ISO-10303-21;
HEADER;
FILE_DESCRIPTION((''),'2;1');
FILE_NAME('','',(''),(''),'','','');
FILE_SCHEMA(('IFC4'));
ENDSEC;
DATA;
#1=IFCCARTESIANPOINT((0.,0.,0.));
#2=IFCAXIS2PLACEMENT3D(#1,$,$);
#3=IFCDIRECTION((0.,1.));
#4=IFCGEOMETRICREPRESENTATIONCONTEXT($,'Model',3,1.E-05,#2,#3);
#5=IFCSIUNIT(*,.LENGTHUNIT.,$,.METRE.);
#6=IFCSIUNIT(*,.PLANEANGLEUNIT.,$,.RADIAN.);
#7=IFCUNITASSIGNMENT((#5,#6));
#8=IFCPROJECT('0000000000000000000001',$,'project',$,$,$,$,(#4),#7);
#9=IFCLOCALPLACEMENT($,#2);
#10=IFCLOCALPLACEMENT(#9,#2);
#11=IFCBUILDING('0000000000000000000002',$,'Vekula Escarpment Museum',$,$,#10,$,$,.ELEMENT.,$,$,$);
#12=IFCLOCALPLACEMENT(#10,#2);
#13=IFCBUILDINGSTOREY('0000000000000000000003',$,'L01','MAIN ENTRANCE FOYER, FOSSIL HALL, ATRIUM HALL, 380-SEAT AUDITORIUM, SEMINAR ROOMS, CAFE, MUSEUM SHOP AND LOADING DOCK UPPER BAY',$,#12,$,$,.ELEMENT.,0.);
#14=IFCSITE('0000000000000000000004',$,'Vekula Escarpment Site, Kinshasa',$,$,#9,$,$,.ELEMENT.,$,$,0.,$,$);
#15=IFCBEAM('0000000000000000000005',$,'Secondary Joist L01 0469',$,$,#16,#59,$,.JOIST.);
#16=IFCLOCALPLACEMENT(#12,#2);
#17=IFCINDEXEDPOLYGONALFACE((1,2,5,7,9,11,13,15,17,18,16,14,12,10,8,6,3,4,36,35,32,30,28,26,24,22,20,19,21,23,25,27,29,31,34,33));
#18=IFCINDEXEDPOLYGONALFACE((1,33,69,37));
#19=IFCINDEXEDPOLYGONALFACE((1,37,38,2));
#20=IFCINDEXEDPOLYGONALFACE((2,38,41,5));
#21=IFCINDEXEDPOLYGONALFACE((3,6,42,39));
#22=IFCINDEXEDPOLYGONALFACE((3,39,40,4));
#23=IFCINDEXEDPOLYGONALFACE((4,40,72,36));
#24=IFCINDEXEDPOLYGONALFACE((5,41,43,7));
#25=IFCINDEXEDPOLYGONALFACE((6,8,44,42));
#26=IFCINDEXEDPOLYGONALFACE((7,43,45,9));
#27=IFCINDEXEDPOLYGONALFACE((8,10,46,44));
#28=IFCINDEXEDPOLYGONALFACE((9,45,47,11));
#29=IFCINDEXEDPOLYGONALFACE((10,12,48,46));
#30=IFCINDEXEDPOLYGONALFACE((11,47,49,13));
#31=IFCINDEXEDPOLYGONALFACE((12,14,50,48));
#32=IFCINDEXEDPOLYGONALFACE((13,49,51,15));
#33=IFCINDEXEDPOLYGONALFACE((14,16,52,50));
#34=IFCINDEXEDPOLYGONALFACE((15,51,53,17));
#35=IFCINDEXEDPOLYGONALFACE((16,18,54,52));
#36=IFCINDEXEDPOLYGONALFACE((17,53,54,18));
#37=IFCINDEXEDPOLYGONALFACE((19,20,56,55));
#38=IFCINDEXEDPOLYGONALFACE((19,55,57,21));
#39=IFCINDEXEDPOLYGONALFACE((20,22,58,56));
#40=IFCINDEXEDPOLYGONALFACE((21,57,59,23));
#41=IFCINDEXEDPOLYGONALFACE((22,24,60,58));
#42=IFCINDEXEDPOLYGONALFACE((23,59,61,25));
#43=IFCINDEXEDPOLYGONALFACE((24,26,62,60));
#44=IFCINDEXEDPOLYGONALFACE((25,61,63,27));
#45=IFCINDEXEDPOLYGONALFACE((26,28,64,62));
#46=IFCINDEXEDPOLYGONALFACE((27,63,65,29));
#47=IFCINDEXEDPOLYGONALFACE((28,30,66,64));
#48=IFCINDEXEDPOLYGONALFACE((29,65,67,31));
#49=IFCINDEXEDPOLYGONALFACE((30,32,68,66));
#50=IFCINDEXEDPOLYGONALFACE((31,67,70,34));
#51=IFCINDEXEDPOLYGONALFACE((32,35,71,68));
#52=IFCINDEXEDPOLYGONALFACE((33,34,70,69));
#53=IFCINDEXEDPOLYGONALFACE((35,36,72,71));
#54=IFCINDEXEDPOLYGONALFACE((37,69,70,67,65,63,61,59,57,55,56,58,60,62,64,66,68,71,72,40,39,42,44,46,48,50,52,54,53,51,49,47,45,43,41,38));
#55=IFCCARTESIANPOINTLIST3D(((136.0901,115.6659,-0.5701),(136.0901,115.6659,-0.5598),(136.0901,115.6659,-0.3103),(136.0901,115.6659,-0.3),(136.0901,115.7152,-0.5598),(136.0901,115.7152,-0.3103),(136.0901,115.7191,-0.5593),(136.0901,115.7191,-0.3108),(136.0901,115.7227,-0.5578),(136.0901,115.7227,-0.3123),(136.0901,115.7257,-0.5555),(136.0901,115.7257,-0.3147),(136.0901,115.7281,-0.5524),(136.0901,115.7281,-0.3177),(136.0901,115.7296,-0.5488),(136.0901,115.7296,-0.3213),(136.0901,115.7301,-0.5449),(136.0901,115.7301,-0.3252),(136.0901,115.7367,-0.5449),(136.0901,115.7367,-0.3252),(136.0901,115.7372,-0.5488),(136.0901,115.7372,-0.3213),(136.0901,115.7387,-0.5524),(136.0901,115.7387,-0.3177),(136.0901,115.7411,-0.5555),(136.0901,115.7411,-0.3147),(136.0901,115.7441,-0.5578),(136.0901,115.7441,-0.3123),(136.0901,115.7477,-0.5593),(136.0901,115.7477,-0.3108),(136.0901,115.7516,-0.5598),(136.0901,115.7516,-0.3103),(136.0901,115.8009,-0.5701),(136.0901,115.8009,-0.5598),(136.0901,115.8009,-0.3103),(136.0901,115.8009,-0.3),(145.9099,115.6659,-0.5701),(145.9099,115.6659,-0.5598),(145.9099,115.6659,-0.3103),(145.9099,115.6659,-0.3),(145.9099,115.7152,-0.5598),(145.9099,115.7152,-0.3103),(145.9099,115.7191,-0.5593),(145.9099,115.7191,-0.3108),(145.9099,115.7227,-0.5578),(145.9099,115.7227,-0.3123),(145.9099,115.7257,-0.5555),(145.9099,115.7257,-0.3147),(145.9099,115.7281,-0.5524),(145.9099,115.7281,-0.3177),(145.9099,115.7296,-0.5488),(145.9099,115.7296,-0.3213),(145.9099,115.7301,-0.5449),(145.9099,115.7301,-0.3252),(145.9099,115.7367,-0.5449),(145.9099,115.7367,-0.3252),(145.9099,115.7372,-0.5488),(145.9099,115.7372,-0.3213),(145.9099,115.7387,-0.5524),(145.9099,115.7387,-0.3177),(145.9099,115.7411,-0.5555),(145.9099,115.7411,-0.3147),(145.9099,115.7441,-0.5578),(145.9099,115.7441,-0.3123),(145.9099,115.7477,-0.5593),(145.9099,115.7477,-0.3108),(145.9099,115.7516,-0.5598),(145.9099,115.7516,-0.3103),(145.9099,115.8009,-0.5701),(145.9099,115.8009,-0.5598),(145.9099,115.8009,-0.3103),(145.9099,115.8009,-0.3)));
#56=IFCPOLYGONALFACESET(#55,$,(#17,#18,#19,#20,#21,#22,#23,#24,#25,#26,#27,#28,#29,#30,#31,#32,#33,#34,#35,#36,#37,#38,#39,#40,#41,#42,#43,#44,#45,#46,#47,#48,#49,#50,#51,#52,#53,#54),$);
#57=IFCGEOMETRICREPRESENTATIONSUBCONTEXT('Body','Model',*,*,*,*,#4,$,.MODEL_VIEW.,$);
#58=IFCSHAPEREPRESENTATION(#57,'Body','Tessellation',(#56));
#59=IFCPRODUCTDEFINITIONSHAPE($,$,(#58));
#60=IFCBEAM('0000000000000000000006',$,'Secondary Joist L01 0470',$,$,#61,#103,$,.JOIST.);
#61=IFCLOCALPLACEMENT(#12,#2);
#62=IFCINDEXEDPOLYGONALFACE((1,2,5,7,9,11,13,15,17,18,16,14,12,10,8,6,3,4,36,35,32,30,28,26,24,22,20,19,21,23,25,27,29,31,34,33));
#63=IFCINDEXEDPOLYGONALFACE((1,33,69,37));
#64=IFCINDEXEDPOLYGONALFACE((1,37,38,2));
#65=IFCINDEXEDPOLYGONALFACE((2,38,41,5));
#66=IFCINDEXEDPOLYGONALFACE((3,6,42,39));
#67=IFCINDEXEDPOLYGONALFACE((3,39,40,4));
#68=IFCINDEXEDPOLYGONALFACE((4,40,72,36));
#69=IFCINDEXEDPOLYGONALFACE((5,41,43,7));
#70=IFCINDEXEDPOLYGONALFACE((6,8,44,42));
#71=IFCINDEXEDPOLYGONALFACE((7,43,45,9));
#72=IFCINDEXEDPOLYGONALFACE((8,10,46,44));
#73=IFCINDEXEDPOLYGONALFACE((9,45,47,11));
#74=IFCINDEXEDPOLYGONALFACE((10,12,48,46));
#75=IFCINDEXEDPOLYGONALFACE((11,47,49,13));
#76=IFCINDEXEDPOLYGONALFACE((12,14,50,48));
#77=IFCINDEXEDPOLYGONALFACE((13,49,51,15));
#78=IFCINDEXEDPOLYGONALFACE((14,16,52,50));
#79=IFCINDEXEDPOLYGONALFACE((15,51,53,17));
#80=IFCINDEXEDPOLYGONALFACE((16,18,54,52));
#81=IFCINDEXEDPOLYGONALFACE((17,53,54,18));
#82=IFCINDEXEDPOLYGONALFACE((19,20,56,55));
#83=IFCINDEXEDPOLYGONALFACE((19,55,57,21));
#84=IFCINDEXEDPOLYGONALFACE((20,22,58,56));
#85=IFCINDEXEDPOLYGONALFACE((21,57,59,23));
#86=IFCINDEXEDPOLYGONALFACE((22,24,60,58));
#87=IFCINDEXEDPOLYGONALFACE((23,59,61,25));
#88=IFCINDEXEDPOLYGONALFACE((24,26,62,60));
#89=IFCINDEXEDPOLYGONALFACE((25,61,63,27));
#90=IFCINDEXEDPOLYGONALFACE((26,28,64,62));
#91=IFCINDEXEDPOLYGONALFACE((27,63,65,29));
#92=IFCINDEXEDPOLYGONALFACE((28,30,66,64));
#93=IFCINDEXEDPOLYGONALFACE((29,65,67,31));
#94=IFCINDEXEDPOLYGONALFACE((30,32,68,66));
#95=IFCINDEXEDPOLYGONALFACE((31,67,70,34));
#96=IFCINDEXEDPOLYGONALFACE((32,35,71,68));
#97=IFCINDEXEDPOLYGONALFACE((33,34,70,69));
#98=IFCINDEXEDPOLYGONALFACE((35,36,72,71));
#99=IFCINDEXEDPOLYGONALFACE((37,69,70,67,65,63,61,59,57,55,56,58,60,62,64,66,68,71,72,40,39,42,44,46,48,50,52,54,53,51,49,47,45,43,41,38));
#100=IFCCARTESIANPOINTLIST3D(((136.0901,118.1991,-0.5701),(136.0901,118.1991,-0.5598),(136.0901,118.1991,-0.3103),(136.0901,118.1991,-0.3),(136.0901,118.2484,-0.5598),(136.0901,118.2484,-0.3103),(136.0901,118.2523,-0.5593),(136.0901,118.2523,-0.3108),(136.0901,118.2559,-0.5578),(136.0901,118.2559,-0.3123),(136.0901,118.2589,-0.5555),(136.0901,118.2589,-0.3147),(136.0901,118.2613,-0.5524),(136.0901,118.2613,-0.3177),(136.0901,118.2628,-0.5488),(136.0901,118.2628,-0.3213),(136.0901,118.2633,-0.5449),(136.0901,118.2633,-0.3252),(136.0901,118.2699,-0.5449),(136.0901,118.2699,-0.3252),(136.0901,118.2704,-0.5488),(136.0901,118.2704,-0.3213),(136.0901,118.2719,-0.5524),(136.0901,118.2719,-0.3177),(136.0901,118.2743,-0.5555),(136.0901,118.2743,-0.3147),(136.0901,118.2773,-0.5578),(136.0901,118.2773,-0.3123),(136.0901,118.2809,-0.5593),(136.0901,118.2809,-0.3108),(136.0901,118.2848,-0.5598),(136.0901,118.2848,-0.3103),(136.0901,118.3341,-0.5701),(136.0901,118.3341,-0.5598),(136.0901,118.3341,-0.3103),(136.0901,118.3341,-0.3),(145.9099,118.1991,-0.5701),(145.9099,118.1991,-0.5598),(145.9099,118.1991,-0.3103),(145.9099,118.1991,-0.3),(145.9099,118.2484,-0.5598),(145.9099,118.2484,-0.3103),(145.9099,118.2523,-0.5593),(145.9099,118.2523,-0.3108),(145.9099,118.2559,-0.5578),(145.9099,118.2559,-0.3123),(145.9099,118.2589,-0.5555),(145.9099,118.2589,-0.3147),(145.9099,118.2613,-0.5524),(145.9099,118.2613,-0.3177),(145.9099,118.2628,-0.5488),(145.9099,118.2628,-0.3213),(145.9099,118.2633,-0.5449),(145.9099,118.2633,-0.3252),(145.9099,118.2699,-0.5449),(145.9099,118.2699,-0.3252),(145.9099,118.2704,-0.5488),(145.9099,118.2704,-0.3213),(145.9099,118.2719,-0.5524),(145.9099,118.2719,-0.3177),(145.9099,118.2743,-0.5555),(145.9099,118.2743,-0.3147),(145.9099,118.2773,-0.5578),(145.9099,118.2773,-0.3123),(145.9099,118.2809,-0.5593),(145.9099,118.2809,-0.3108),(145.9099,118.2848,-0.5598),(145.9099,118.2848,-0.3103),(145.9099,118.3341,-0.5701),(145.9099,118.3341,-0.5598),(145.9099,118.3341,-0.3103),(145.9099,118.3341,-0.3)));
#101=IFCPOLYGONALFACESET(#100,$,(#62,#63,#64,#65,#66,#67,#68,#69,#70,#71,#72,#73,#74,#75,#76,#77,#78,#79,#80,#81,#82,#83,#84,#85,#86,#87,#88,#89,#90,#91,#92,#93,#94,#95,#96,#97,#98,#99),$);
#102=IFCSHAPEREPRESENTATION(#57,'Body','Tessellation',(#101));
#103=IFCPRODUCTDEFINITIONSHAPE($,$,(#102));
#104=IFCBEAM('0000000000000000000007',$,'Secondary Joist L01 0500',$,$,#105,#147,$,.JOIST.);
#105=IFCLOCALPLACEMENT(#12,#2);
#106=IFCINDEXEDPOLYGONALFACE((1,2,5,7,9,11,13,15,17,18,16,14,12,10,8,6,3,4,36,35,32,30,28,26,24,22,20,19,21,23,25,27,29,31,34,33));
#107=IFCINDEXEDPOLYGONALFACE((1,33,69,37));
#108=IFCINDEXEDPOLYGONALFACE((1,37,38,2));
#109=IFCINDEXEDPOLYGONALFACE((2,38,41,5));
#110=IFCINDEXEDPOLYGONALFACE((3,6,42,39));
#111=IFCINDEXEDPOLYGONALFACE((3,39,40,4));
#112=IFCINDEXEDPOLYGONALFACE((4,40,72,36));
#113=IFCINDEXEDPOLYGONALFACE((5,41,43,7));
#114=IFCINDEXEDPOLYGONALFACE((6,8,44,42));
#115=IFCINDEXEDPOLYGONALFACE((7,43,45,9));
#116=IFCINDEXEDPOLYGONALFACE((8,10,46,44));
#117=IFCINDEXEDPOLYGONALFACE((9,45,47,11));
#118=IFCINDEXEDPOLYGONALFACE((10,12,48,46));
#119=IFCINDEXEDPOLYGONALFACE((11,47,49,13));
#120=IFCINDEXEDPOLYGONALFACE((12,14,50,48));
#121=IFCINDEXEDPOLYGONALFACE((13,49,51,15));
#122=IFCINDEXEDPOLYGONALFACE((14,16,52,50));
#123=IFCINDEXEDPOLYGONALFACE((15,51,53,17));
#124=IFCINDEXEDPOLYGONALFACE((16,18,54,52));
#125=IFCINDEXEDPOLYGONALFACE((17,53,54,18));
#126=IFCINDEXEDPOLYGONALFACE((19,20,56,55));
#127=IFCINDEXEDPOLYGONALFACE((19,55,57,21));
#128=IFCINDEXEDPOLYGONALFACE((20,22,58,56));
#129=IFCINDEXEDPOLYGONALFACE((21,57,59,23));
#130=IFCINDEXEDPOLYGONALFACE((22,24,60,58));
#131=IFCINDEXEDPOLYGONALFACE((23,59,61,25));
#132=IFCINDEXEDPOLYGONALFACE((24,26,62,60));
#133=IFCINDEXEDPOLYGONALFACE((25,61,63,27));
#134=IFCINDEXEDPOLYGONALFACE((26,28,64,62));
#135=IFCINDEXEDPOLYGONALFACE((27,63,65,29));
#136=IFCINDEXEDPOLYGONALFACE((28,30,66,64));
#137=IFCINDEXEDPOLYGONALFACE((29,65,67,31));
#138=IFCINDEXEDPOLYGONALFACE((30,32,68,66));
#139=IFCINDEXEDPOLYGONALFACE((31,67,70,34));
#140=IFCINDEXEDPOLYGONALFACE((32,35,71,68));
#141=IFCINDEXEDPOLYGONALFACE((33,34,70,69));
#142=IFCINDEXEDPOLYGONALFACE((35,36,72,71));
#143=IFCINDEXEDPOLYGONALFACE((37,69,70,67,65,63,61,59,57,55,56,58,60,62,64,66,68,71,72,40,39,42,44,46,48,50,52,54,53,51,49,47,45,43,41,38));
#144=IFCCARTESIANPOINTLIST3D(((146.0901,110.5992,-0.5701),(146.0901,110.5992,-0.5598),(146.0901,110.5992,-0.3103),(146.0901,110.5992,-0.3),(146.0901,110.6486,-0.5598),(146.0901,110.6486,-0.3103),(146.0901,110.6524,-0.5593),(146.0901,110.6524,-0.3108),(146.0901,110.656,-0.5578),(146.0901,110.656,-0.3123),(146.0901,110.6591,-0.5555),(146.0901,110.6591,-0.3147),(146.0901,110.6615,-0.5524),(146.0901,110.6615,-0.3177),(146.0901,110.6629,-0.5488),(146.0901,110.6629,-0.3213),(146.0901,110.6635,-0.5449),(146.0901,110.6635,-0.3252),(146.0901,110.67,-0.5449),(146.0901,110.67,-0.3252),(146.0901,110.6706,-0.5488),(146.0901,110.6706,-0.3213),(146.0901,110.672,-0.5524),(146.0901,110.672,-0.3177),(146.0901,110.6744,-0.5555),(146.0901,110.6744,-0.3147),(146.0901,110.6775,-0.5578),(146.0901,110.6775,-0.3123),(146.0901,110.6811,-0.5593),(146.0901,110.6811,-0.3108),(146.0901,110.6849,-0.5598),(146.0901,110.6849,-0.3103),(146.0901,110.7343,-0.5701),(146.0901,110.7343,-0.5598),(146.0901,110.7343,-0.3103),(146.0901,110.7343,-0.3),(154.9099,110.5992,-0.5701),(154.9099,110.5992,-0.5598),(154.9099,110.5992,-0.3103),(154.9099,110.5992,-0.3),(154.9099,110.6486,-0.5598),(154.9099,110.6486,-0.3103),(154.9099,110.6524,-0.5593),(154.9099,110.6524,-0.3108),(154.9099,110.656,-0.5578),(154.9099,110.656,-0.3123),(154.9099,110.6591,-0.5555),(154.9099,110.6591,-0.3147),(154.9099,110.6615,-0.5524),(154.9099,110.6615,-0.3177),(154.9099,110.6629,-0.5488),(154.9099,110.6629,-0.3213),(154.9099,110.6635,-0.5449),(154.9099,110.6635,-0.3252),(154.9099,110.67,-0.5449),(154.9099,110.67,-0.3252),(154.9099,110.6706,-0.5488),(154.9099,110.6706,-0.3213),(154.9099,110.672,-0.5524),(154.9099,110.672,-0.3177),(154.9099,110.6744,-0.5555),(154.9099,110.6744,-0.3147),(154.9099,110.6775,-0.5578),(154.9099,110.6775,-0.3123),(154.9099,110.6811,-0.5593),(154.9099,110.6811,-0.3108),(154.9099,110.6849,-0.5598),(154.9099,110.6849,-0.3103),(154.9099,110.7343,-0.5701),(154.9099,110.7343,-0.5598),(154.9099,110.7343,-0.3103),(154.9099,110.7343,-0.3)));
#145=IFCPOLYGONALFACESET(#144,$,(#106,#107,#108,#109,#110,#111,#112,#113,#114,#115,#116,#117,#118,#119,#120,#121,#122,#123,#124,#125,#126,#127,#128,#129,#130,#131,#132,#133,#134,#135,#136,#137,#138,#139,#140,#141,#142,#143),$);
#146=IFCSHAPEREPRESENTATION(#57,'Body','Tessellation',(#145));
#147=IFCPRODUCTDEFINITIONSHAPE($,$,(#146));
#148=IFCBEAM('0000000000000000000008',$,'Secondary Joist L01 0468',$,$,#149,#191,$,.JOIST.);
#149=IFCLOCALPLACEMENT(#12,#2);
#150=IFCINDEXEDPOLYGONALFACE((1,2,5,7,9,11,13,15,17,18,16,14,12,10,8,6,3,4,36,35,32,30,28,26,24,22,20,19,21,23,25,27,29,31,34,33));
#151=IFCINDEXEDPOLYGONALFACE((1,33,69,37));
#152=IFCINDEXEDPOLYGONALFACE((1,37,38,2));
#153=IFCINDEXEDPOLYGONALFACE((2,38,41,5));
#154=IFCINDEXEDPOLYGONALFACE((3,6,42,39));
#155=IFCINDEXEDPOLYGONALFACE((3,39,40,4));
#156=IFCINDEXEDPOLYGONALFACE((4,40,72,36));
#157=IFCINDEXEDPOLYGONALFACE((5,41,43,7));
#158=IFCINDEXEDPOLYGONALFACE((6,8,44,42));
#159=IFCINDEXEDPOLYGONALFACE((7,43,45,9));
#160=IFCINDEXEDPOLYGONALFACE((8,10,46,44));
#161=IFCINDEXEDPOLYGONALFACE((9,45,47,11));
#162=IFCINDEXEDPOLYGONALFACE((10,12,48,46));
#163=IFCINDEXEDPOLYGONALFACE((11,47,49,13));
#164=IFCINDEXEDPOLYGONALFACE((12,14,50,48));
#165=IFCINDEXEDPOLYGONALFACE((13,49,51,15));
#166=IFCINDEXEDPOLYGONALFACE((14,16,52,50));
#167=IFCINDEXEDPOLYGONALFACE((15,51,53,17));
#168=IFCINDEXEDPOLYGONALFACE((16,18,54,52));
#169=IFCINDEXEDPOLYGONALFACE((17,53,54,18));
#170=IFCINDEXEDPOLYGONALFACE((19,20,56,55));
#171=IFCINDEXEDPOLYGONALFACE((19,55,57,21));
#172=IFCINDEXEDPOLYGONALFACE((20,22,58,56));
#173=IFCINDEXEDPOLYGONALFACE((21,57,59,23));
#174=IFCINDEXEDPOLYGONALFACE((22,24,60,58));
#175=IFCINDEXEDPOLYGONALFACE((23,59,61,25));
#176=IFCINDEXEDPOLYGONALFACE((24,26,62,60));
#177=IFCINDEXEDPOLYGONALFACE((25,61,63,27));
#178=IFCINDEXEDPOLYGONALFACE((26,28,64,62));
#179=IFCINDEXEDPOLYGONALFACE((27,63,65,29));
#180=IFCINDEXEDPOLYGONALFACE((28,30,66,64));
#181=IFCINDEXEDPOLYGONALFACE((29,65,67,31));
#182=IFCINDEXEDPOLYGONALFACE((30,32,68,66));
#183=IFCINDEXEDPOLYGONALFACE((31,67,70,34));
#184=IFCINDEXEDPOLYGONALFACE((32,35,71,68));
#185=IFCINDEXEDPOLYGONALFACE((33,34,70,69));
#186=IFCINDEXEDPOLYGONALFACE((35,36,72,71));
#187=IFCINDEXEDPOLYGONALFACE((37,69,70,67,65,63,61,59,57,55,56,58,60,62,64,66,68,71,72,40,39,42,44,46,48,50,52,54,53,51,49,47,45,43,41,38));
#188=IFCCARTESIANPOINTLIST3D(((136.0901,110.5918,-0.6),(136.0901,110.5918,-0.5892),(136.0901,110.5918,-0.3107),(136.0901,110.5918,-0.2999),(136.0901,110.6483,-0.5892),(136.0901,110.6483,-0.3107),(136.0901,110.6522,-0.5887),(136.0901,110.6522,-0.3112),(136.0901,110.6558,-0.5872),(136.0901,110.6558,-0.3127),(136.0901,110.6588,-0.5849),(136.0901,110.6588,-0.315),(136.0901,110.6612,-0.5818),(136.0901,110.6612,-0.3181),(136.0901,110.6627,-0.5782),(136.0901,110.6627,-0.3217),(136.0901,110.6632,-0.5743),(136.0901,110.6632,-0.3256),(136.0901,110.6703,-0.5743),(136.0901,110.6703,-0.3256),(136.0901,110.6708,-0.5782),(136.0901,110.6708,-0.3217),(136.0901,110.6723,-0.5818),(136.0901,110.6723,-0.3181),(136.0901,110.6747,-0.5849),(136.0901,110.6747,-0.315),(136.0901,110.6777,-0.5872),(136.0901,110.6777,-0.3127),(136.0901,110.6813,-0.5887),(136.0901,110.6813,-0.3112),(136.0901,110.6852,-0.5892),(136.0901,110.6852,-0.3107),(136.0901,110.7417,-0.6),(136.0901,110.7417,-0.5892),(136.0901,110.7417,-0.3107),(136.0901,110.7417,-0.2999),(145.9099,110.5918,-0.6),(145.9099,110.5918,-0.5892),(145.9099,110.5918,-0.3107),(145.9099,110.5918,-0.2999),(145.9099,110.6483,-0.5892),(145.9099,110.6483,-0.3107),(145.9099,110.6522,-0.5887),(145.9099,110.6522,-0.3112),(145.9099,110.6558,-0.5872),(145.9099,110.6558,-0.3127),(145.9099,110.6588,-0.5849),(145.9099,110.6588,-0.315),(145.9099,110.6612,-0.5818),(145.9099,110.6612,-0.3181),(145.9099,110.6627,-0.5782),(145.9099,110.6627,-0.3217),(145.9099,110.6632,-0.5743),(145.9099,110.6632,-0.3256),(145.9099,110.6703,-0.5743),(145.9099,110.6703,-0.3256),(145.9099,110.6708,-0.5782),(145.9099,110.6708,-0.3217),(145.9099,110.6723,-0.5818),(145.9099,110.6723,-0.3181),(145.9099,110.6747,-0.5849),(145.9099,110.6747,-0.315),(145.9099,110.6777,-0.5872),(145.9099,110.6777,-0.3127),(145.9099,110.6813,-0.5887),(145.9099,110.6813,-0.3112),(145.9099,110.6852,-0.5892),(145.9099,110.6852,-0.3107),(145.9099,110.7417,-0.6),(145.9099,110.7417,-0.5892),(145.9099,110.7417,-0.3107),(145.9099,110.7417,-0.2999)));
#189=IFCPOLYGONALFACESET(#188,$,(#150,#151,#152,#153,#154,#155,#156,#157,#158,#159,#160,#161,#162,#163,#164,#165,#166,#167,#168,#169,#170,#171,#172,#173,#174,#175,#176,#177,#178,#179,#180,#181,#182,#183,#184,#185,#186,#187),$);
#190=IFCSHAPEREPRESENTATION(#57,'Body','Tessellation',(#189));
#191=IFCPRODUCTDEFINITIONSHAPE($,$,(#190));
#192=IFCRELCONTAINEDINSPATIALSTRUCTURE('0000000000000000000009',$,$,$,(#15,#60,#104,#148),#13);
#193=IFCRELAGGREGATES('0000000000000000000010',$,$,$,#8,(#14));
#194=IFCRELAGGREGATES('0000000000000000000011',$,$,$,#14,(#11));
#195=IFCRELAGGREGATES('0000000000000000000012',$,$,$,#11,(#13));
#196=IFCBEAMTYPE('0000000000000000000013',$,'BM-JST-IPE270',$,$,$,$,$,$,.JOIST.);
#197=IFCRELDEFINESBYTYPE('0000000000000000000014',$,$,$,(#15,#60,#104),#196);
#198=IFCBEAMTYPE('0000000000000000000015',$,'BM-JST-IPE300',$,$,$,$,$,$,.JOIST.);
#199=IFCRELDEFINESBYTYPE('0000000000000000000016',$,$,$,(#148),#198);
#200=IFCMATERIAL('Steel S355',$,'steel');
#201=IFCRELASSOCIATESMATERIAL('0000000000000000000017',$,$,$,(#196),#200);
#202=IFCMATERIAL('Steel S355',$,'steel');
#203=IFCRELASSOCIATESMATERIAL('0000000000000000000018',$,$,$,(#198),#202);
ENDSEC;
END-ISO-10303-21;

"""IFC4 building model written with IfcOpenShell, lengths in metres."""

from ifc_helpers import new_model, si_unit, direction, frame, origin, origin_2d, place, context, subcontext, project, spatial, i_section, extrude, material, material_profile, profile_set, type_object, element, save


model = new_model("IFC4")

# Units and contexts
model_context = context("Model", 3, precision=1e-05, world=origin(), true_north=direction((0.0, 1.0)))
body_context = subcontext(model_context, "Body", "Model", "MODEL_VIEW")
ifc_project = project(units=[si_unit("LENGTHUNIT", "METRE"), si_unit("PLANEANGLEUNIT", "RADIAN")], contexts=[model_context])

# Site, building, storey
site_placement = place(None, origin())
site = spatial("IfcSite", under=ifc_project, at=site_placement, Name="Vekula Escarpment Site, Kinshasa", CompositionType="ELEMENT", RefElevation=0.0)
building_placement = place(site_placement, origin())
building = spatial("IfcBuilding", under=site, at=building_placement, Name="Vekula Escarpment Museum", CompositionType="ELEMENT")
storey_placement = place(building_placement, origin())
storey = spatial("IfcBuildingStorey", under=building, at=storey_placement, Name="L01", Description="MAIN ENTRANCE FOYER, FOSSIL HALL, ATRIUM HALL, 380-SEAT AUDITORIUM, SEMINAR ROOMS, CAFE, MUSEUM SHOP AND LOADING DOCK UPPER BAY", CompositionType="ELEMENT", Elevation=0.0)

# Beams
ifc_material_1 = material(Name="Steel S355", Category="steel")
ifc_material_profile_1 = material_profile(ifc_material_1, i_section(OverallWidth=0.135, OverallDepth=0.27, WebThickness=0.0066, FlangeThickness=0.0103, FilletRadius=0.0149, at=origin_2d()), Name="IPE 270")
ifc_profile_set_1 = profile_set([ifc_material_profile_1], Name="Steel S355")
beam_type_1 = type_object("IfcBeamType", Name="BM-JST-IPE270", PredefinedType="JOIST", material=ifc_profile_set_1)
for number, where, z_axis, x_axis, name in (
    (1, (136.0901, 115.7334, -0.4351), (1.0, 0.0, 0.0), (0.0, 1.0, 0.0), "Secondary Joist L01 0469"),
    (2, (136.0901, 118.2666, -0.4351), (1.0, 0.0, 0.0), (0.0, 1.0, 0.0), "Secondary Joist L01 0470"),
):
    element("IfcBeam", number, at=place(storey_placement, frame(where, z_axis=z_axis, x_axis=x_axis)), inside=storey, type_object=beam_type_1, Name=name, PredefinedType="JOIST", context=body_context, shape_type="SweptSolid", body=[
        extrude(i_section(OverallWidth=0.135, OverallDepth=0.27, WebThickness=0.0066, FlangeThickness=0.0103, FilletRadius=0.0149, at=origin_2d()), origin(), (0.0, 0.0, 1.0), 9.8198),
    ])
beam_1_placement = place(storey_placement, frame((146.0901, 110.6667, -0.4351), z_axis=(1.0, 0.0, 0.0), x_axis=(0.0, 1.0, 0.0)))
element("IfcBeam", 3, at=beam_1_placement, inside=storey, type_object=beam_type_1, Name="Secondary Joist L01 0500", PredefinedType="JOIST", context=body_context, shape_type="SweptSolid", body=[
    extrude(i_section(OverallWidth=0.135, OverallDepth=0.27, WebThickness=0.0066, FlangeThickness=0.0103, FilletRadius=0.0149, at=origin_2d()), origin(), (0.0, 0.0, 1.0), 8.8198),
])
ifc_material_2 = material(Name="Steel S355", Category="steel")
ifc_material_profile_2 = material_profile(ifc_material_2, i_section(OverallWidth=0.1499, OverallDepth=0.3, WebThickness=0.0071, FlangeThickness=0.0107, FilletRadius=0.0149, at=origin_2d()), Name="IPE 300")
ifc_profile_set_2 = profile_set([ifc_material_profile_2], Name="Steel S355")
beam_type_2 = type_object("IfcBeamType", Name="BM-JST-IPE300", PredefinedType="JOIST", material=ifc_profile_set_2)
beam_2_placement = place(storey_placement, frame((136.0901, 110.6667, -0.45), z_axis=(1.0, 0.0, 0.0), x_axis=(0.0, 1.0, 0.0)))
element("IfcBeam", 4, at=beam_2_placement, inside=storey, type_object=beam_type_2, Name="Secondary Joist L01 0468", PredefinedType="JOIST", context=body_context, shape_type="SweptSolid", body=[
    extrude(i_section(OverallWidth=0.1499, OverallDepth=0.3, WebThickness=0.0071, FlangeThickness=0.0107, FilletRadius=0.0149, at=origin_2d()), origin(), (0.0, 0.0, 1.0), 9.8198),
])

save(model, "model.ifc")
